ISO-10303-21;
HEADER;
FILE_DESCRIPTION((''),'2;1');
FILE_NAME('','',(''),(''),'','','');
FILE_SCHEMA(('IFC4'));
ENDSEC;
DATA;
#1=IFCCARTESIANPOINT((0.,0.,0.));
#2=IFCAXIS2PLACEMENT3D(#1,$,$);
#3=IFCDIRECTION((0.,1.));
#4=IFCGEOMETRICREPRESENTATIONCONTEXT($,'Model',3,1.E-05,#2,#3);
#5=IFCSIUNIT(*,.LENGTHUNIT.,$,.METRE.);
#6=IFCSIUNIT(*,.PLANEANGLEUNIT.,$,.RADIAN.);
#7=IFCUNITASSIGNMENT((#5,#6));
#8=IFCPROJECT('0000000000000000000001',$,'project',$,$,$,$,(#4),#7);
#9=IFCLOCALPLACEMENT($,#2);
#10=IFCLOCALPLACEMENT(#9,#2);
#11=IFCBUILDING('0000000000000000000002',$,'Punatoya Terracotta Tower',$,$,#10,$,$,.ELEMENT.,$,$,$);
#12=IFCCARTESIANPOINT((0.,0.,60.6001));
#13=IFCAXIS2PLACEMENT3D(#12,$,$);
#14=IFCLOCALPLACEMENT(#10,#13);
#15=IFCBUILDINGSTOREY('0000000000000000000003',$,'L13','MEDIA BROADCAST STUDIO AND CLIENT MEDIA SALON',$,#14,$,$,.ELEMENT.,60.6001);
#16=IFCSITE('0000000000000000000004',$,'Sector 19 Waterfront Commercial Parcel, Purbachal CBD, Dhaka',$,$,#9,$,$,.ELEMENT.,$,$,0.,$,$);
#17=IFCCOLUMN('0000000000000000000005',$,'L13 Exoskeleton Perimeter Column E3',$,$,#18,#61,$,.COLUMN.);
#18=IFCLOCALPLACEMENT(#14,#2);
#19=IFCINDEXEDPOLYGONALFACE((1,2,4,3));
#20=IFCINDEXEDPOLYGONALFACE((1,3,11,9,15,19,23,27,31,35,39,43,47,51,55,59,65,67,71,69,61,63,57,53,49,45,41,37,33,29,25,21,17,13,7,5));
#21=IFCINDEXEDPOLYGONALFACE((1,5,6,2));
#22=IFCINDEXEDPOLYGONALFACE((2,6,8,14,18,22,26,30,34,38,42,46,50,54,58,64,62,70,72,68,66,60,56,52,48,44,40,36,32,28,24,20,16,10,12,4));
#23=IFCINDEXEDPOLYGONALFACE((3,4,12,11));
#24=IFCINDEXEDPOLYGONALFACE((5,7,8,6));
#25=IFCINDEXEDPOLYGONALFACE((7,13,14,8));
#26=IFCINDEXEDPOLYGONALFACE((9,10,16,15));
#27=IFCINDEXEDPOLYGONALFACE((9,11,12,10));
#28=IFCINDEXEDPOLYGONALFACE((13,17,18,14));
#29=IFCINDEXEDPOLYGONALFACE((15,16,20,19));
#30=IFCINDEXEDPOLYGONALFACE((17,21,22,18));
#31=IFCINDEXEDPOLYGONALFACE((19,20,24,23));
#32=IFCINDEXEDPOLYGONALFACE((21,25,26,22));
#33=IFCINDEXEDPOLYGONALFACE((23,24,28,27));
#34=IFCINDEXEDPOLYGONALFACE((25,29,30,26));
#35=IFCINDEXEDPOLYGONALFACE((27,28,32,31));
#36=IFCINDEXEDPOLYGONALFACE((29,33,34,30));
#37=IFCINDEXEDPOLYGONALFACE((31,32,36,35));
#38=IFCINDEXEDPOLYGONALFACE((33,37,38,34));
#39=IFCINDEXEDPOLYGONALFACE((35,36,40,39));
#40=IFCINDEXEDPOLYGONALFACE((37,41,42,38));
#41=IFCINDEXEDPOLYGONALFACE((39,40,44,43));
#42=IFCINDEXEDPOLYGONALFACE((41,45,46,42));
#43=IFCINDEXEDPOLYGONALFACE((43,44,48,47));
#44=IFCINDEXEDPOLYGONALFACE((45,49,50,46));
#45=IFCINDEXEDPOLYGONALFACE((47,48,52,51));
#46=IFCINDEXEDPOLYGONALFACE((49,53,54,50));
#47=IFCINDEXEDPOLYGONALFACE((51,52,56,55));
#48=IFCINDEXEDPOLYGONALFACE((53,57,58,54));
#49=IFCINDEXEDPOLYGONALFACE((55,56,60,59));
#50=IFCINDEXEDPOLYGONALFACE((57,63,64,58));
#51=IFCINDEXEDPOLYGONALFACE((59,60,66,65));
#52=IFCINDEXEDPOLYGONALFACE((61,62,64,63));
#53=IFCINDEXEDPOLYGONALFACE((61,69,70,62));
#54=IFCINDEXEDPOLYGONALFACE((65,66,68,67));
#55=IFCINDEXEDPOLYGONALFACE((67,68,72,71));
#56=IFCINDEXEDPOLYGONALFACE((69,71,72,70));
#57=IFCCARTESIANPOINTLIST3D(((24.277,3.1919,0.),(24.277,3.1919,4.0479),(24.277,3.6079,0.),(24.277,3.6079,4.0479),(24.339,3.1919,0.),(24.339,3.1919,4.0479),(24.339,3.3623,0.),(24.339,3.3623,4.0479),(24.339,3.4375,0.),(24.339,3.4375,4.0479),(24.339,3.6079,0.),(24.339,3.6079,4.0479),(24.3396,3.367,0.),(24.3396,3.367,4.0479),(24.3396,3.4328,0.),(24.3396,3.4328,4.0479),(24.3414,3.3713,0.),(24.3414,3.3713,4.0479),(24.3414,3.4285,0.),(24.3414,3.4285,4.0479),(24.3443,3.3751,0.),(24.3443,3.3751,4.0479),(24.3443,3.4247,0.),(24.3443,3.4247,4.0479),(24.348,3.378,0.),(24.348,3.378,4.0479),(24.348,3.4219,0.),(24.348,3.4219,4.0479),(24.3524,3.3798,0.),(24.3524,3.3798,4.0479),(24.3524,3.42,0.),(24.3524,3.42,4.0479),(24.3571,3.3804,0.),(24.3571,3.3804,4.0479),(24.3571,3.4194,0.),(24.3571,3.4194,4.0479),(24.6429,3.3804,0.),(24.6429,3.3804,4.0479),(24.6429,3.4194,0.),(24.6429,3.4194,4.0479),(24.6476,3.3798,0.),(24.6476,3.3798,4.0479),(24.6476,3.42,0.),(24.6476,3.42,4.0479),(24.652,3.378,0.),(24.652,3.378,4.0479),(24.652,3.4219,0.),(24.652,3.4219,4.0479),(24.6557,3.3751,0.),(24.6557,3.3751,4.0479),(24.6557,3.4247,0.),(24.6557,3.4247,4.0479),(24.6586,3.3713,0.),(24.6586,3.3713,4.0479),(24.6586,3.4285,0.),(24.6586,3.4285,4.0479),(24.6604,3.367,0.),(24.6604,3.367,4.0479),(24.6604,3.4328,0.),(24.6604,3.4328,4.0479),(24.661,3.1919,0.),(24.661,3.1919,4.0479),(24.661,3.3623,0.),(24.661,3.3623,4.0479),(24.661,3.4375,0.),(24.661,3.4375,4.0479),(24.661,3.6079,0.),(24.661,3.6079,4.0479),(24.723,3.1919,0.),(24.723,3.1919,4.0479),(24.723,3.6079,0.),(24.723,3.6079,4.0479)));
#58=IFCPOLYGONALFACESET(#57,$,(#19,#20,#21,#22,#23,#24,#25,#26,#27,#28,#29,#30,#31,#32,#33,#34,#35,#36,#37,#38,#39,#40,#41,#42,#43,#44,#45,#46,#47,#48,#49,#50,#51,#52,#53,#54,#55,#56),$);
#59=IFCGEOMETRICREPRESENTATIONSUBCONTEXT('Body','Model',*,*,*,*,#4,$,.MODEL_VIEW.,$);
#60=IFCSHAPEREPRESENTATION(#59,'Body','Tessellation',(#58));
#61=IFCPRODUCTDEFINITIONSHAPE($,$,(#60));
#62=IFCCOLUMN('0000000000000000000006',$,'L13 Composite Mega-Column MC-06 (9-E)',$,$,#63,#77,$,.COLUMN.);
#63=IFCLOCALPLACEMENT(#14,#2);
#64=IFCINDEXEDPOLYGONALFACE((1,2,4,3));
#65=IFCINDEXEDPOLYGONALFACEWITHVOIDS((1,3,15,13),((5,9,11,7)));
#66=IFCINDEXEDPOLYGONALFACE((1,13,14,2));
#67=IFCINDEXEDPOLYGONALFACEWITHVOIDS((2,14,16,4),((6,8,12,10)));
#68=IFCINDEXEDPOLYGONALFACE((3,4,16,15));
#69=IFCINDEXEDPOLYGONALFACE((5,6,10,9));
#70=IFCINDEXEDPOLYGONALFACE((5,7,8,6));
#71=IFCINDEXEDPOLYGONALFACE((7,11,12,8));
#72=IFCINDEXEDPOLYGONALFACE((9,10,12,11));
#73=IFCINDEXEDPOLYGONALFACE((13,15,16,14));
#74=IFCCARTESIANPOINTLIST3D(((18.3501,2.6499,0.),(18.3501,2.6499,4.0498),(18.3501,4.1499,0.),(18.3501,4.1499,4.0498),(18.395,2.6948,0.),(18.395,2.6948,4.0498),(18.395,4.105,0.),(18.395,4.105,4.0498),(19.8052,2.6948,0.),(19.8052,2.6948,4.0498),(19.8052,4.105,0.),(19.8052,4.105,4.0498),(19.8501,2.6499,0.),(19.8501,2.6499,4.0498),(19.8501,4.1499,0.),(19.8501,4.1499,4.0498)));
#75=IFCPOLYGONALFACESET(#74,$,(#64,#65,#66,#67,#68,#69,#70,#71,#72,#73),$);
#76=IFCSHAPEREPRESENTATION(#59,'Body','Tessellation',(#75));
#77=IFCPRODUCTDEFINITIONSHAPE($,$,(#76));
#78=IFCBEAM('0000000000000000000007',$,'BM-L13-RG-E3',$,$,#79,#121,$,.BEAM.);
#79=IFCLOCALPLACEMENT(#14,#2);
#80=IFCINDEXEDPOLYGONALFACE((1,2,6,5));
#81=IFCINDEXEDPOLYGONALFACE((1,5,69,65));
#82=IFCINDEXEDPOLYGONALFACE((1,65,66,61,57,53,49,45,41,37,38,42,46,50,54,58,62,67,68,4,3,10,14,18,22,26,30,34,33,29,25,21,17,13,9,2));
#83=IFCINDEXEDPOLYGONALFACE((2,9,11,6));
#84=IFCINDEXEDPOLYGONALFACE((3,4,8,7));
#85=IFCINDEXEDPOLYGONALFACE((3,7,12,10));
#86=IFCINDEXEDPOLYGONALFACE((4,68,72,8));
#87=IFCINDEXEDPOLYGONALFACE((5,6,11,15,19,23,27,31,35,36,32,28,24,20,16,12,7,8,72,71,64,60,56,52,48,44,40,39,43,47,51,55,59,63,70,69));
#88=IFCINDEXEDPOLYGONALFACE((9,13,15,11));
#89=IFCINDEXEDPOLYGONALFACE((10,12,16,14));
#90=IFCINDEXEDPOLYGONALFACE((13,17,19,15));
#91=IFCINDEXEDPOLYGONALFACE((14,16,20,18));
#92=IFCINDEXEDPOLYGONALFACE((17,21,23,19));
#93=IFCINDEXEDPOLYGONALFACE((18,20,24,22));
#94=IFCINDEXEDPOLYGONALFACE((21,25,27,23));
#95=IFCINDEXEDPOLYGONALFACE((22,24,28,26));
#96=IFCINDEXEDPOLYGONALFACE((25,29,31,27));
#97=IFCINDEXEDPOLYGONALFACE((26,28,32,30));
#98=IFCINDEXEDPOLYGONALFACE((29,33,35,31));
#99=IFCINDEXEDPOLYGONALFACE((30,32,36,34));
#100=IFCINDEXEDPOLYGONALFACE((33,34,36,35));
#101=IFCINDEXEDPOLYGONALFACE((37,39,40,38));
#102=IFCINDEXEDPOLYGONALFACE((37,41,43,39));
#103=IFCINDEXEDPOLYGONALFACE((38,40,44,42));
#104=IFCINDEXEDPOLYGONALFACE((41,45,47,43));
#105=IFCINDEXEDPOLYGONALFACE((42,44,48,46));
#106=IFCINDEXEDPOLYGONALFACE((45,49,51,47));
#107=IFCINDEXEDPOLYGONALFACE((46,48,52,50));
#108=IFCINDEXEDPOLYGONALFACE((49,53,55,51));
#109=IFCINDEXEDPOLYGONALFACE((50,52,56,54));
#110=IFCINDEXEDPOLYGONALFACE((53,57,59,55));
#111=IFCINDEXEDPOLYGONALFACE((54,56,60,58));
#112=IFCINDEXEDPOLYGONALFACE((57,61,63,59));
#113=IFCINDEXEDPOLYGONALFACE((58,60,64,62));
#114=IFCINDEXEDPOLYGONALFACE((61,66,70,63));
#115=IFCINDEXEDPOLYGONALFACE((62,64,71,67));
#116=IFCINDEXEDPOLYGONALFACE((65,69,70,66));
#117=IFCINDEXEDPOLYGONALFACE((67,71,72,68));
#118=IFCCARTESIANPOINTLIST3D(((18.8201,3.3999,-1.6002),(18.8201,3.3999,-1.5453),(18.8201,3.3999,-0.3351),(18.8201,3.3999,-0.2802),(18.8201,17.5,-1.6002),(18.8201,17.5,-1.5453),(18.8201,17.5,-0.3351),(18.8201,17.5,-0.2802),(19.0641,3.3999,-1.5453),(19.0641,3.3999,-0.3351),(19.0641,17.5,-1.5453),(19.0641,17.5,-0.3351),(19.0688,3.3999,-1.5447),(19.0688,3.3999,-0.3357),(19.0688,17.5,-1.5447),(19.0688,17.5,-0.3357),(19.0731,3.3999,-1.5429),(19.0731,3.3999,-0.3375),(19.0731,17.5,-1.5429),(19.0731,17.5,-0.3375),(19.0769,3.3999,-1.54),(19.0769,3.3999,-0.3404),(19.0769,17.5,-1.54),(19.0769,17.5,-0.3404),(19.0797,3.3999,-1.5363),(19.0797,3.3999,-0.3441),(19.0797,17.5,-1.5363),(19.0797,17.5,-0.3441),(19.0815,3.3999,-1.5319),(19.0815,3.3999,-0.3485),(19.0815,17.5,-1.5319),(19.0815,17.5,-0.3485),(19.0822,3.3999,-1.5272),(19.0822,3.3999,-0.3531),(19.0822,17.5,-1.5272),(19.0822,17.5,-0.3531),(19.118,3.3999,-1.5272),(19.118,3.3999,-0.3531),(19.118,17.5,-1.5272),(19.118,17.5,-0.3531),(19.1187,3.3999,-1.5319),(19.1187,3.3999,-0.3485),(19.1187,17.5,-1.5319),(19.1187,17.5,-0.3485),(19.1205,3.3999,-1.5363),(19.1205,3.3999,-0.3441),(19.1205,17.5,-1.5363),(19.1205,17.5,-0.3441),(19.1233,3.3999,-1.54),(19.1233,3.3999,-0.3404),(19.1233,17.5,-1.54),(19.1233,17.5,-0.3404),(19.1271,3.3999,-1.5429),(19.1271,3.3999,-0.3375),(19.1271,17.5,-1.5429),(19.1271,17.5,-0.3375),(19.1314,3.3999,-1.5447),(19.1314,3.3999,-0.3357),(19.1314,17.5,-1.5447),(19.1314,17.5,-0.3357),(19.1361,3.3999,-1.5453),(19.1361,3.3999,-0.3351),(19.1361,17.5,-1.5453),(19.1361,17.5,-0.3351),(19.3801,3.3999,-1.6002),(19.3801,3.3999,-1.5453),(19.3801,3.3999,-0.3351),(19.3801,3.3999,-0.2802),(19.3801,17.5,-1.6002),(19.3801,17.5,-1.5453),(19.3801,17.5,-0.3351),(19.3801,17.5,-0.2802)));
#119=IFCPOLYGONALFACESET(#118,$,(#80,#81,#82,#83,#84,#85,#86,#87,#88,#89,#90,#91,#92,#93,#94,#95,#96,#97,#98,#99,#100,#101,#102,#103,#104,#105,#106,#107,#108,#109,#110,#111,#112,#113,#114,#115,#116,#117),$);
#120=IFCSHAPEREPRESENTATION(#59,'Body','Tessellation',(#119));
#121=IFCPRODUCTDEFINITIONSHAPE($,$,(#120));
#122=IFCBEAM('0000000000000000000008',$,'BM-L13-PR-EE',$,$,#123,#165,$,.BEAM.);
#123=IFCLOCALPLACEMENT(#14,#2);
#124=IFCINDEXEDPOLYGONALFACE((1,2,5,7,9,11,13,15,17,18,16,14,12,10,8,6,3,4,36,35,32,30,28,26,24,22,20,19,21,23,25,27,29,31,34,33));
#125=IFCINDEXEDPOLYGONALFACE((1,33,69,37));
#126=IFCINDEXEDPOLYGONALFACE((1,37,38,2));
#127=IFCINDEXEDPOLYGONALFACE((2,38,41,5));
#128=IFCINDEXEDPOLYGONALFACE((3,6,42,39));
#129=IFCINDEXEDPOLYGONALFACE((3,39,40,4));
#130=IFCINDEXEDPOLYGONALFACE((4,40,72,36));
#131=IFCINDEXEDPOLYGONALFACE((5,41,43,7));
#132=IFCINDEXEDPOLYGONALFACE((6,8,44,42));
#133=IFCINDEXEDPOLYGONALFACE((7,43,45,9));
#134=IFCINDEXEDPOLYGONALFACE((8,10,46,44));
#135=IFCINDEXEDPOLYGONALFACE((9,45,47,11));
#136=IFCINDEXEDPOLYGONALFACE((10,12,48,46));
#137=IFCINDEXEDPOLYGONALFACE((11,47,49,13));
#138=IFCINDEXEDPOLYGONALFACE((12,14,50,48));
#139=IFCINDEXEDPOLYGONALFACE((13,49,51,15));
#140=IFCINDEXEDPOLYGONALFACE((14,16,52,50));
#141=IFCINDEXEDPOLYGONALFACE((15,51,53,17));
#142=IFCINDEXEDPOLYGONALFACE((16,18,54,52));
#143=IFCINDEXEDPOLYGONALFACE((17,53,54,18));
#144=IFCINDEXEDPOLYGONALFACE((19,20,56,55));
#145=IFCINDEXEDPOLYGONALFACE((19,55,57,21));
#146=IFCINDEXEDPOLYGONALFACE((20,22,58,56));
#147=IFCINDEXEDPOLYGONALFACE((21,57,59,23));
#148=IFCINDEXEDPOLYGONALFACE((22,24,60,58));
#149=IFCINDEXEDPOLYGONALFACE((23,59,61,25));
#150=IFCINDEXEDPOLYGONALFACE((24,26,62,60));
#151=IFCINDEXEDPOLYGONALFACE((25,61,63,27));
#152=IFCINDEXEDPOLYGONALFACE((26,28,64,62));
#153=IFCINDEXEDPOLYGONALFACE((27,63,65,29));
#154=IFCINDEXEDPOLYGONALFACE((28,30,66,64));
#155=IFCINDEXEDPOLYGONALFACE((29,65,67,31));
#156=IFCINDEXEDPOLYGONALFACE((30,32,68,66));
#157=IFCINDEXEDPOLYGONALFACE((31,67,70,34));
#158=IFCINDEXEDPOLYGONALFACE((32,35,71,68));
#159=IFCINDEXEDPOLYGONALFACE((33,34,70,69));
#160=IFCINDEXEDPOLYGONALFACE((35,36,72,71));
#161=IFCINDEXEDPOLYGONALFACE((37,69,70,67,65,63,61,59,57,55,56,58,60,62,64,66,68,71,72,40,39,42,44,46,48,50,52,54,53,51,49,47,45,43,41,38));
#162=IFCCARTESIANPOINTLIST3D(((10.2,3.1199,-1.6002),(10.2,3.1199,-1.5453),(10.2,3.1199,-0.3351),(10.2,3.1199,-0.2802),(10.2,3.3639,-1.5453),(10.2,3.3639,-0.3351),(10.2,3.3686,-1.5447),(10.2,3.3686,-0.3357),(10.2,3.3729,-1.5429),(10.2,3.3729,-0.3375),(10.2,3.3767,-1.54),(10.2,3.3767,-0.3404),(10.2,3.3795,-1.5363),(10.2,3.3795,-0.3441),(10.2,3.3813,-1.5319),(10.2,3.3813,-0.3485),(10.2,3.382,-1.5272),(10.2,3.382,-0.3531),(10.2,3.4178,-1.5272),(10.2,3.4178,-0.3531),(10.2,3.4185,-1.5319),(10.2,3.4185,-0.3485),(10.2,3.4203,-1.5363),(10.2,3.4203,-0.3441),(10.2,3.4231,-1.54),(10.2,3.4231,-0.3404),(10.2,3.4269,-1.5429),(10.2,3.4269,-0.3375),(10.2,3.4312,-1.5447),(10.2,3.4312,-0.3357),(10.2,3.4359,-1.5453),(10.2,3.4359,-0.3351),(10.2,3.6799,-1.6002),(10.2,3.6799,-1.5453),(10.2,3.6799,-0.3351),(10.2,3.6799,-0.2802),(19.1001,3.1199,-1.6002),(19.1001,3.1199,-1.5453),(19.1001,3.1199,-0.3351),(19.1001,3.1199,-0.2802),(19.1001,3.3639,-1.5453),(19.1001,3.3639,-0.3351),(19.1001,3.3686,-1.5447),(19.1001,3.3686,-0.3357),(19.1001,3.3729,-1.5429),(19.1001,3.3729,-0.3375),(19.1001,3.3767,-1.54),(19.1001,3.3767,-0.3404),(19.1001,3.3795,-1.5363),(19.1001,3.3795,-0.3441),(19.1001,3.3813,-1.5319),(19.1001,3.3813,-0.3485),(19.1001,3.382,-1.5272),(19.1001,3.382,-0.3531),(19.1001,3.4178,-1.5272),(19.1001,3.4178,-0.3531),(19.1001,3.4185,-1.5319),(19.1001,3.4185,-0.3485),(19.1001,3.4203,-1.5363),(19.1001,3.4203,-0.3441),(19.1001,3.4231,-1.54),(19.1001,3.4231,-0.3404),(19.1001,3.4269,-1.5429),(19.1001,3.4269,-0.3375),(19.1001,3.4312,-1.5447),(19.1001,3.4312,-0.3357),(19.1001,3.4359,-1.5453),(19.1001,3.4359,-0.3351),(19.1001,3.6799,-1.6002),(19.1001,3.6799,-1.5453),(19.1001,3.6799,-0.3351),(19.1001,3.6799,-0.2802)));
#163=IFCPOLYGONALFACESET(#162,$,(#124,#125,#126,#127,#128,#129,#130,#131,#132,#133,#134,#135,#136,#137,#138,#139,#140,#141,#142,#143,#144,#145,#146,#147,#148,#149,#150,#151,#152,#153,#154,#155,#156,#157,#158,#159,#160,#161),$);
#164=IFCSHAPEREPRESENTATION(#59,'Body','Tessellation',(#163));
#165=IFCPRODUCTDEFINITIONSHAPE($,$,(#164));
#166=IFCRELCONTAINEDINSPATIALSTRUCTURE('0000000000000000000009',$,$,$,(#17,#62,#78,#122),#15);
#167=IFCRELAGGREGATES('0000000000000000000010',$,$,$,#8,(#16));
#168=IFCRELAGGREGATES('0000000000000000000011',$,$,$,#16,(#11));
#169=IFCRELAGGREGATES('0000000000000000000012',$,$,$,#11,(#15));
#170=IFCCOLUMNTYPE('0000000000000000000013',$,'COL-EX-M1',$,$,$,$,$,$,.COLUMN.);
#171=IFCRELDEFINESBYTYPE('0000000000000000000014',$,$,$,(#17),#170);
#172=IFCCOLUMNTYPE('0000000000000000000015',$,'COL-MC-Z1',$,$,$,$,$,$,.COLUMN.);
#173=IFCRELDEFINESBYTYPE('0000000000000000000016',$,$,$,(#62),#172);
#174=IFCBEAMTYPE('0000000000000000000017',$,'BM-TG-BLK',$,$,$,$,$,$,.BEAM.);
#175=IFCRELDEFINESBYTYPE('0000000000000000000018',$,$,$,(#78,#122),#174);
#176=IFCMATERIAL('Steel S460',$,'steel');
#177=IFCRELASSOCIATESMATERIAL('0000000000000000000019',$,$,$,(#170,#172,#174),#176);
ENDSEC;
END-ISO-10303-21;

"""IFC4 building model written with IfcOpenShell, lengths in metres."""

from ifc_helpers import new_model, si_unit, direction, frame, origin, origin_2d, place, context, subcontext, project, spatial, hollow_rectangle, i_section, extrude, material, material_profile, profile_set, type_object, element, save


model = new_model("IFC4")

# Units and contexts
model_context = context("Model", 3, precision=1e-05, world=origin(), true_north=direction((0.0, 1.0)))
body_context = subcontext(model_context, "Body", "Model", "MODEL_VIEW")
ifc_project = project(units=[si_unit("LENGTHUNIT", "METRE"), si_unit("PLANEANGLEUNIT", "RADIAN")], contexts=[model_context])

# Site, building, storey
site_placement = place(None, origin())
site = spatial("IfcSite", under=ifc_project, at=site_placement, Name="Sector 19 Waterfront Commercial Parcel, Purbachal CBD, Dhaka", CompositionType="ELEMENT", RefElevation=0.0)
building_placement = place(site_placement, origin())
building = spatial("IfcBuilding", under=site, at=building_placement, Name="Punatoya Terracotta Tower", CompositionType="ELEMENT")
storey_placement = place(building_placement, frame((0.0, 0.0, 60.6001)))
storey = spatial("IfcBuildingStorey", under=building, at=storey_placement, Name="L13", Description="MEDIA BROADCAST STUDIO AND CLIENT MEDIA SALON", CompositionType="ELEMENT", Elevation=60.6001)

# Columns
ifc_material_1 = material(Name="Steel S460", Category="steel")
ifc_material_profile_1 = material_profile(ifc_material_1, i_section(OverallWidth=0.416, OverallDepth=0.446, WebThickness=0.0391, FlangeThickness=0.062, FilletRadius=0.0181, at=origin_2d()))
ifc_profile_set_1 = profile_set([ifc_material_profile_1], Name="Steel S460")
column_type_1 = type_object("IfcColumnType", Name="COL-EX-M1", PredefinedType="COLUMN", material=ifc_profile_set_1)
column_1_placement = place(storey_placement, frame((24.5, 3.3999, 0.0), z_axis=(0.0, 0.0, 1.0), x_axis=(0.0, 1.0, 0.0)))
element("IfcColumn", 1, at=column_1_placement, inside=storey, type_object=column_type_1, Name="L13 Exoskeleton Perimeter Column E3", PredefinedType="COLUMN", context=body_context, shape_type="SweptSolid", body=[
    extrude(i_section(OverallWidth=0.416, OverallDepth=0.446, WebThickness=0.0391, FlangeThickness=0.062, FilletRadius=0.0181, at=origin_2d()), origin(), (0.0, 0.0, 1.0), 4.0479),
])
ifc_material_profile_2 = material_profile(ifc_material_1, hollow_rectangle(XDim=1.5, YDim=1.5, WallThickness=0.0449, at=origin_2d()))
ifc_profile_set_2 = profile_set([ifc_material_profile_2], Name="Steel S460")
column_type_2 = type_object("IfcColumnType", Name="COL-MC-Z1", PredefinedType="COLUMN", material=ifc_profile_set_2)
column_2_placement = place(storey_placement, frame((19.1001, 3.3999, 0.0), z_axis=(0.0, 0.0, 1.0), x_axis=(1.0, 0.0, 0.0)))
element("IfcColumn", 2, at=column_2_placement, inside=storey, type_object=column_type_2, Name="L13 Composite Mega-Column MC-06 (9-E)", PredefinedType="COLUMN", context=body_context, shape_type="SweptSolid", body=[
    extrude(hollow_rectangle(XDim=1.5, YDim=1.5, WallThickness=0.0449, at=origin_2d()), origin(), (0.0, 0.0, 1.0), 4.0498),
])

# Beams
ifc_material_profile_3 = material_profile(ifc_material_1, i_section(OverallWidth=0.5601, OverallDepth=1.3201, WebThickness=0.0359, FlangeThickness=0.0549, FilletRadius=0.0181, at=origin_2d()))
ifc_profile_set_3 = profile_set([ifc_material_profile_3], Name="Steel S460")
beam_type = type_object("IfcBeamType", Name="BM-TG-BLK", PredefinedType="BEAM", material=ifc_profile_set_3)
beam_1_placement = place(storey_placement, frame((19.1001, 3.3999, -0.9402), z_axis=(0.0, 1.0, 0.0), x_axis=(-1.0, 0.0, 0.0)))
element("IfcBeam", 3, at=beam_1_placement, inside=storey, type_object=beam_type, Name="BM-L13-RG-E3", PredefinedType="BEAM", context=body_context, shape_type="SweptSolid", body=[
    extrude(i_section(OverallWidth=0.5601, OverallDepth=1.3201, WebThickness=0.0359, FlangeThickness=0.0549, FilletRadius=0.0181, at=origin_2d()), origin(), (0.0, 0.0, 1.0), 14.1001),
])
beam_2_placement = place(storey_placement, frame((10.2, 3.3999, -0.9402), z_axis=(1.0, 0.0, 0.0), x_axis=(0.0, 1.0, 0.0)))
element("IfcBeam", 4, at=beam_2_placement, inside=storey, type_object=beam_type, Name="BM-L13-PR-EE", PredefinedType="BEAM", context=body_context, shape_type="SweptSolid", body=[
    extrude(i_section(OverallWidth=0.5601, OverallDepth=1.3201, WebThickness=0.0359, FlangeThickness=0.0549, FilletRadius=0.0181, at=origin_2d()), origin(), (0.0, 0.0, 1.0), 8.9001),
])

save(model, "model.ifc")
